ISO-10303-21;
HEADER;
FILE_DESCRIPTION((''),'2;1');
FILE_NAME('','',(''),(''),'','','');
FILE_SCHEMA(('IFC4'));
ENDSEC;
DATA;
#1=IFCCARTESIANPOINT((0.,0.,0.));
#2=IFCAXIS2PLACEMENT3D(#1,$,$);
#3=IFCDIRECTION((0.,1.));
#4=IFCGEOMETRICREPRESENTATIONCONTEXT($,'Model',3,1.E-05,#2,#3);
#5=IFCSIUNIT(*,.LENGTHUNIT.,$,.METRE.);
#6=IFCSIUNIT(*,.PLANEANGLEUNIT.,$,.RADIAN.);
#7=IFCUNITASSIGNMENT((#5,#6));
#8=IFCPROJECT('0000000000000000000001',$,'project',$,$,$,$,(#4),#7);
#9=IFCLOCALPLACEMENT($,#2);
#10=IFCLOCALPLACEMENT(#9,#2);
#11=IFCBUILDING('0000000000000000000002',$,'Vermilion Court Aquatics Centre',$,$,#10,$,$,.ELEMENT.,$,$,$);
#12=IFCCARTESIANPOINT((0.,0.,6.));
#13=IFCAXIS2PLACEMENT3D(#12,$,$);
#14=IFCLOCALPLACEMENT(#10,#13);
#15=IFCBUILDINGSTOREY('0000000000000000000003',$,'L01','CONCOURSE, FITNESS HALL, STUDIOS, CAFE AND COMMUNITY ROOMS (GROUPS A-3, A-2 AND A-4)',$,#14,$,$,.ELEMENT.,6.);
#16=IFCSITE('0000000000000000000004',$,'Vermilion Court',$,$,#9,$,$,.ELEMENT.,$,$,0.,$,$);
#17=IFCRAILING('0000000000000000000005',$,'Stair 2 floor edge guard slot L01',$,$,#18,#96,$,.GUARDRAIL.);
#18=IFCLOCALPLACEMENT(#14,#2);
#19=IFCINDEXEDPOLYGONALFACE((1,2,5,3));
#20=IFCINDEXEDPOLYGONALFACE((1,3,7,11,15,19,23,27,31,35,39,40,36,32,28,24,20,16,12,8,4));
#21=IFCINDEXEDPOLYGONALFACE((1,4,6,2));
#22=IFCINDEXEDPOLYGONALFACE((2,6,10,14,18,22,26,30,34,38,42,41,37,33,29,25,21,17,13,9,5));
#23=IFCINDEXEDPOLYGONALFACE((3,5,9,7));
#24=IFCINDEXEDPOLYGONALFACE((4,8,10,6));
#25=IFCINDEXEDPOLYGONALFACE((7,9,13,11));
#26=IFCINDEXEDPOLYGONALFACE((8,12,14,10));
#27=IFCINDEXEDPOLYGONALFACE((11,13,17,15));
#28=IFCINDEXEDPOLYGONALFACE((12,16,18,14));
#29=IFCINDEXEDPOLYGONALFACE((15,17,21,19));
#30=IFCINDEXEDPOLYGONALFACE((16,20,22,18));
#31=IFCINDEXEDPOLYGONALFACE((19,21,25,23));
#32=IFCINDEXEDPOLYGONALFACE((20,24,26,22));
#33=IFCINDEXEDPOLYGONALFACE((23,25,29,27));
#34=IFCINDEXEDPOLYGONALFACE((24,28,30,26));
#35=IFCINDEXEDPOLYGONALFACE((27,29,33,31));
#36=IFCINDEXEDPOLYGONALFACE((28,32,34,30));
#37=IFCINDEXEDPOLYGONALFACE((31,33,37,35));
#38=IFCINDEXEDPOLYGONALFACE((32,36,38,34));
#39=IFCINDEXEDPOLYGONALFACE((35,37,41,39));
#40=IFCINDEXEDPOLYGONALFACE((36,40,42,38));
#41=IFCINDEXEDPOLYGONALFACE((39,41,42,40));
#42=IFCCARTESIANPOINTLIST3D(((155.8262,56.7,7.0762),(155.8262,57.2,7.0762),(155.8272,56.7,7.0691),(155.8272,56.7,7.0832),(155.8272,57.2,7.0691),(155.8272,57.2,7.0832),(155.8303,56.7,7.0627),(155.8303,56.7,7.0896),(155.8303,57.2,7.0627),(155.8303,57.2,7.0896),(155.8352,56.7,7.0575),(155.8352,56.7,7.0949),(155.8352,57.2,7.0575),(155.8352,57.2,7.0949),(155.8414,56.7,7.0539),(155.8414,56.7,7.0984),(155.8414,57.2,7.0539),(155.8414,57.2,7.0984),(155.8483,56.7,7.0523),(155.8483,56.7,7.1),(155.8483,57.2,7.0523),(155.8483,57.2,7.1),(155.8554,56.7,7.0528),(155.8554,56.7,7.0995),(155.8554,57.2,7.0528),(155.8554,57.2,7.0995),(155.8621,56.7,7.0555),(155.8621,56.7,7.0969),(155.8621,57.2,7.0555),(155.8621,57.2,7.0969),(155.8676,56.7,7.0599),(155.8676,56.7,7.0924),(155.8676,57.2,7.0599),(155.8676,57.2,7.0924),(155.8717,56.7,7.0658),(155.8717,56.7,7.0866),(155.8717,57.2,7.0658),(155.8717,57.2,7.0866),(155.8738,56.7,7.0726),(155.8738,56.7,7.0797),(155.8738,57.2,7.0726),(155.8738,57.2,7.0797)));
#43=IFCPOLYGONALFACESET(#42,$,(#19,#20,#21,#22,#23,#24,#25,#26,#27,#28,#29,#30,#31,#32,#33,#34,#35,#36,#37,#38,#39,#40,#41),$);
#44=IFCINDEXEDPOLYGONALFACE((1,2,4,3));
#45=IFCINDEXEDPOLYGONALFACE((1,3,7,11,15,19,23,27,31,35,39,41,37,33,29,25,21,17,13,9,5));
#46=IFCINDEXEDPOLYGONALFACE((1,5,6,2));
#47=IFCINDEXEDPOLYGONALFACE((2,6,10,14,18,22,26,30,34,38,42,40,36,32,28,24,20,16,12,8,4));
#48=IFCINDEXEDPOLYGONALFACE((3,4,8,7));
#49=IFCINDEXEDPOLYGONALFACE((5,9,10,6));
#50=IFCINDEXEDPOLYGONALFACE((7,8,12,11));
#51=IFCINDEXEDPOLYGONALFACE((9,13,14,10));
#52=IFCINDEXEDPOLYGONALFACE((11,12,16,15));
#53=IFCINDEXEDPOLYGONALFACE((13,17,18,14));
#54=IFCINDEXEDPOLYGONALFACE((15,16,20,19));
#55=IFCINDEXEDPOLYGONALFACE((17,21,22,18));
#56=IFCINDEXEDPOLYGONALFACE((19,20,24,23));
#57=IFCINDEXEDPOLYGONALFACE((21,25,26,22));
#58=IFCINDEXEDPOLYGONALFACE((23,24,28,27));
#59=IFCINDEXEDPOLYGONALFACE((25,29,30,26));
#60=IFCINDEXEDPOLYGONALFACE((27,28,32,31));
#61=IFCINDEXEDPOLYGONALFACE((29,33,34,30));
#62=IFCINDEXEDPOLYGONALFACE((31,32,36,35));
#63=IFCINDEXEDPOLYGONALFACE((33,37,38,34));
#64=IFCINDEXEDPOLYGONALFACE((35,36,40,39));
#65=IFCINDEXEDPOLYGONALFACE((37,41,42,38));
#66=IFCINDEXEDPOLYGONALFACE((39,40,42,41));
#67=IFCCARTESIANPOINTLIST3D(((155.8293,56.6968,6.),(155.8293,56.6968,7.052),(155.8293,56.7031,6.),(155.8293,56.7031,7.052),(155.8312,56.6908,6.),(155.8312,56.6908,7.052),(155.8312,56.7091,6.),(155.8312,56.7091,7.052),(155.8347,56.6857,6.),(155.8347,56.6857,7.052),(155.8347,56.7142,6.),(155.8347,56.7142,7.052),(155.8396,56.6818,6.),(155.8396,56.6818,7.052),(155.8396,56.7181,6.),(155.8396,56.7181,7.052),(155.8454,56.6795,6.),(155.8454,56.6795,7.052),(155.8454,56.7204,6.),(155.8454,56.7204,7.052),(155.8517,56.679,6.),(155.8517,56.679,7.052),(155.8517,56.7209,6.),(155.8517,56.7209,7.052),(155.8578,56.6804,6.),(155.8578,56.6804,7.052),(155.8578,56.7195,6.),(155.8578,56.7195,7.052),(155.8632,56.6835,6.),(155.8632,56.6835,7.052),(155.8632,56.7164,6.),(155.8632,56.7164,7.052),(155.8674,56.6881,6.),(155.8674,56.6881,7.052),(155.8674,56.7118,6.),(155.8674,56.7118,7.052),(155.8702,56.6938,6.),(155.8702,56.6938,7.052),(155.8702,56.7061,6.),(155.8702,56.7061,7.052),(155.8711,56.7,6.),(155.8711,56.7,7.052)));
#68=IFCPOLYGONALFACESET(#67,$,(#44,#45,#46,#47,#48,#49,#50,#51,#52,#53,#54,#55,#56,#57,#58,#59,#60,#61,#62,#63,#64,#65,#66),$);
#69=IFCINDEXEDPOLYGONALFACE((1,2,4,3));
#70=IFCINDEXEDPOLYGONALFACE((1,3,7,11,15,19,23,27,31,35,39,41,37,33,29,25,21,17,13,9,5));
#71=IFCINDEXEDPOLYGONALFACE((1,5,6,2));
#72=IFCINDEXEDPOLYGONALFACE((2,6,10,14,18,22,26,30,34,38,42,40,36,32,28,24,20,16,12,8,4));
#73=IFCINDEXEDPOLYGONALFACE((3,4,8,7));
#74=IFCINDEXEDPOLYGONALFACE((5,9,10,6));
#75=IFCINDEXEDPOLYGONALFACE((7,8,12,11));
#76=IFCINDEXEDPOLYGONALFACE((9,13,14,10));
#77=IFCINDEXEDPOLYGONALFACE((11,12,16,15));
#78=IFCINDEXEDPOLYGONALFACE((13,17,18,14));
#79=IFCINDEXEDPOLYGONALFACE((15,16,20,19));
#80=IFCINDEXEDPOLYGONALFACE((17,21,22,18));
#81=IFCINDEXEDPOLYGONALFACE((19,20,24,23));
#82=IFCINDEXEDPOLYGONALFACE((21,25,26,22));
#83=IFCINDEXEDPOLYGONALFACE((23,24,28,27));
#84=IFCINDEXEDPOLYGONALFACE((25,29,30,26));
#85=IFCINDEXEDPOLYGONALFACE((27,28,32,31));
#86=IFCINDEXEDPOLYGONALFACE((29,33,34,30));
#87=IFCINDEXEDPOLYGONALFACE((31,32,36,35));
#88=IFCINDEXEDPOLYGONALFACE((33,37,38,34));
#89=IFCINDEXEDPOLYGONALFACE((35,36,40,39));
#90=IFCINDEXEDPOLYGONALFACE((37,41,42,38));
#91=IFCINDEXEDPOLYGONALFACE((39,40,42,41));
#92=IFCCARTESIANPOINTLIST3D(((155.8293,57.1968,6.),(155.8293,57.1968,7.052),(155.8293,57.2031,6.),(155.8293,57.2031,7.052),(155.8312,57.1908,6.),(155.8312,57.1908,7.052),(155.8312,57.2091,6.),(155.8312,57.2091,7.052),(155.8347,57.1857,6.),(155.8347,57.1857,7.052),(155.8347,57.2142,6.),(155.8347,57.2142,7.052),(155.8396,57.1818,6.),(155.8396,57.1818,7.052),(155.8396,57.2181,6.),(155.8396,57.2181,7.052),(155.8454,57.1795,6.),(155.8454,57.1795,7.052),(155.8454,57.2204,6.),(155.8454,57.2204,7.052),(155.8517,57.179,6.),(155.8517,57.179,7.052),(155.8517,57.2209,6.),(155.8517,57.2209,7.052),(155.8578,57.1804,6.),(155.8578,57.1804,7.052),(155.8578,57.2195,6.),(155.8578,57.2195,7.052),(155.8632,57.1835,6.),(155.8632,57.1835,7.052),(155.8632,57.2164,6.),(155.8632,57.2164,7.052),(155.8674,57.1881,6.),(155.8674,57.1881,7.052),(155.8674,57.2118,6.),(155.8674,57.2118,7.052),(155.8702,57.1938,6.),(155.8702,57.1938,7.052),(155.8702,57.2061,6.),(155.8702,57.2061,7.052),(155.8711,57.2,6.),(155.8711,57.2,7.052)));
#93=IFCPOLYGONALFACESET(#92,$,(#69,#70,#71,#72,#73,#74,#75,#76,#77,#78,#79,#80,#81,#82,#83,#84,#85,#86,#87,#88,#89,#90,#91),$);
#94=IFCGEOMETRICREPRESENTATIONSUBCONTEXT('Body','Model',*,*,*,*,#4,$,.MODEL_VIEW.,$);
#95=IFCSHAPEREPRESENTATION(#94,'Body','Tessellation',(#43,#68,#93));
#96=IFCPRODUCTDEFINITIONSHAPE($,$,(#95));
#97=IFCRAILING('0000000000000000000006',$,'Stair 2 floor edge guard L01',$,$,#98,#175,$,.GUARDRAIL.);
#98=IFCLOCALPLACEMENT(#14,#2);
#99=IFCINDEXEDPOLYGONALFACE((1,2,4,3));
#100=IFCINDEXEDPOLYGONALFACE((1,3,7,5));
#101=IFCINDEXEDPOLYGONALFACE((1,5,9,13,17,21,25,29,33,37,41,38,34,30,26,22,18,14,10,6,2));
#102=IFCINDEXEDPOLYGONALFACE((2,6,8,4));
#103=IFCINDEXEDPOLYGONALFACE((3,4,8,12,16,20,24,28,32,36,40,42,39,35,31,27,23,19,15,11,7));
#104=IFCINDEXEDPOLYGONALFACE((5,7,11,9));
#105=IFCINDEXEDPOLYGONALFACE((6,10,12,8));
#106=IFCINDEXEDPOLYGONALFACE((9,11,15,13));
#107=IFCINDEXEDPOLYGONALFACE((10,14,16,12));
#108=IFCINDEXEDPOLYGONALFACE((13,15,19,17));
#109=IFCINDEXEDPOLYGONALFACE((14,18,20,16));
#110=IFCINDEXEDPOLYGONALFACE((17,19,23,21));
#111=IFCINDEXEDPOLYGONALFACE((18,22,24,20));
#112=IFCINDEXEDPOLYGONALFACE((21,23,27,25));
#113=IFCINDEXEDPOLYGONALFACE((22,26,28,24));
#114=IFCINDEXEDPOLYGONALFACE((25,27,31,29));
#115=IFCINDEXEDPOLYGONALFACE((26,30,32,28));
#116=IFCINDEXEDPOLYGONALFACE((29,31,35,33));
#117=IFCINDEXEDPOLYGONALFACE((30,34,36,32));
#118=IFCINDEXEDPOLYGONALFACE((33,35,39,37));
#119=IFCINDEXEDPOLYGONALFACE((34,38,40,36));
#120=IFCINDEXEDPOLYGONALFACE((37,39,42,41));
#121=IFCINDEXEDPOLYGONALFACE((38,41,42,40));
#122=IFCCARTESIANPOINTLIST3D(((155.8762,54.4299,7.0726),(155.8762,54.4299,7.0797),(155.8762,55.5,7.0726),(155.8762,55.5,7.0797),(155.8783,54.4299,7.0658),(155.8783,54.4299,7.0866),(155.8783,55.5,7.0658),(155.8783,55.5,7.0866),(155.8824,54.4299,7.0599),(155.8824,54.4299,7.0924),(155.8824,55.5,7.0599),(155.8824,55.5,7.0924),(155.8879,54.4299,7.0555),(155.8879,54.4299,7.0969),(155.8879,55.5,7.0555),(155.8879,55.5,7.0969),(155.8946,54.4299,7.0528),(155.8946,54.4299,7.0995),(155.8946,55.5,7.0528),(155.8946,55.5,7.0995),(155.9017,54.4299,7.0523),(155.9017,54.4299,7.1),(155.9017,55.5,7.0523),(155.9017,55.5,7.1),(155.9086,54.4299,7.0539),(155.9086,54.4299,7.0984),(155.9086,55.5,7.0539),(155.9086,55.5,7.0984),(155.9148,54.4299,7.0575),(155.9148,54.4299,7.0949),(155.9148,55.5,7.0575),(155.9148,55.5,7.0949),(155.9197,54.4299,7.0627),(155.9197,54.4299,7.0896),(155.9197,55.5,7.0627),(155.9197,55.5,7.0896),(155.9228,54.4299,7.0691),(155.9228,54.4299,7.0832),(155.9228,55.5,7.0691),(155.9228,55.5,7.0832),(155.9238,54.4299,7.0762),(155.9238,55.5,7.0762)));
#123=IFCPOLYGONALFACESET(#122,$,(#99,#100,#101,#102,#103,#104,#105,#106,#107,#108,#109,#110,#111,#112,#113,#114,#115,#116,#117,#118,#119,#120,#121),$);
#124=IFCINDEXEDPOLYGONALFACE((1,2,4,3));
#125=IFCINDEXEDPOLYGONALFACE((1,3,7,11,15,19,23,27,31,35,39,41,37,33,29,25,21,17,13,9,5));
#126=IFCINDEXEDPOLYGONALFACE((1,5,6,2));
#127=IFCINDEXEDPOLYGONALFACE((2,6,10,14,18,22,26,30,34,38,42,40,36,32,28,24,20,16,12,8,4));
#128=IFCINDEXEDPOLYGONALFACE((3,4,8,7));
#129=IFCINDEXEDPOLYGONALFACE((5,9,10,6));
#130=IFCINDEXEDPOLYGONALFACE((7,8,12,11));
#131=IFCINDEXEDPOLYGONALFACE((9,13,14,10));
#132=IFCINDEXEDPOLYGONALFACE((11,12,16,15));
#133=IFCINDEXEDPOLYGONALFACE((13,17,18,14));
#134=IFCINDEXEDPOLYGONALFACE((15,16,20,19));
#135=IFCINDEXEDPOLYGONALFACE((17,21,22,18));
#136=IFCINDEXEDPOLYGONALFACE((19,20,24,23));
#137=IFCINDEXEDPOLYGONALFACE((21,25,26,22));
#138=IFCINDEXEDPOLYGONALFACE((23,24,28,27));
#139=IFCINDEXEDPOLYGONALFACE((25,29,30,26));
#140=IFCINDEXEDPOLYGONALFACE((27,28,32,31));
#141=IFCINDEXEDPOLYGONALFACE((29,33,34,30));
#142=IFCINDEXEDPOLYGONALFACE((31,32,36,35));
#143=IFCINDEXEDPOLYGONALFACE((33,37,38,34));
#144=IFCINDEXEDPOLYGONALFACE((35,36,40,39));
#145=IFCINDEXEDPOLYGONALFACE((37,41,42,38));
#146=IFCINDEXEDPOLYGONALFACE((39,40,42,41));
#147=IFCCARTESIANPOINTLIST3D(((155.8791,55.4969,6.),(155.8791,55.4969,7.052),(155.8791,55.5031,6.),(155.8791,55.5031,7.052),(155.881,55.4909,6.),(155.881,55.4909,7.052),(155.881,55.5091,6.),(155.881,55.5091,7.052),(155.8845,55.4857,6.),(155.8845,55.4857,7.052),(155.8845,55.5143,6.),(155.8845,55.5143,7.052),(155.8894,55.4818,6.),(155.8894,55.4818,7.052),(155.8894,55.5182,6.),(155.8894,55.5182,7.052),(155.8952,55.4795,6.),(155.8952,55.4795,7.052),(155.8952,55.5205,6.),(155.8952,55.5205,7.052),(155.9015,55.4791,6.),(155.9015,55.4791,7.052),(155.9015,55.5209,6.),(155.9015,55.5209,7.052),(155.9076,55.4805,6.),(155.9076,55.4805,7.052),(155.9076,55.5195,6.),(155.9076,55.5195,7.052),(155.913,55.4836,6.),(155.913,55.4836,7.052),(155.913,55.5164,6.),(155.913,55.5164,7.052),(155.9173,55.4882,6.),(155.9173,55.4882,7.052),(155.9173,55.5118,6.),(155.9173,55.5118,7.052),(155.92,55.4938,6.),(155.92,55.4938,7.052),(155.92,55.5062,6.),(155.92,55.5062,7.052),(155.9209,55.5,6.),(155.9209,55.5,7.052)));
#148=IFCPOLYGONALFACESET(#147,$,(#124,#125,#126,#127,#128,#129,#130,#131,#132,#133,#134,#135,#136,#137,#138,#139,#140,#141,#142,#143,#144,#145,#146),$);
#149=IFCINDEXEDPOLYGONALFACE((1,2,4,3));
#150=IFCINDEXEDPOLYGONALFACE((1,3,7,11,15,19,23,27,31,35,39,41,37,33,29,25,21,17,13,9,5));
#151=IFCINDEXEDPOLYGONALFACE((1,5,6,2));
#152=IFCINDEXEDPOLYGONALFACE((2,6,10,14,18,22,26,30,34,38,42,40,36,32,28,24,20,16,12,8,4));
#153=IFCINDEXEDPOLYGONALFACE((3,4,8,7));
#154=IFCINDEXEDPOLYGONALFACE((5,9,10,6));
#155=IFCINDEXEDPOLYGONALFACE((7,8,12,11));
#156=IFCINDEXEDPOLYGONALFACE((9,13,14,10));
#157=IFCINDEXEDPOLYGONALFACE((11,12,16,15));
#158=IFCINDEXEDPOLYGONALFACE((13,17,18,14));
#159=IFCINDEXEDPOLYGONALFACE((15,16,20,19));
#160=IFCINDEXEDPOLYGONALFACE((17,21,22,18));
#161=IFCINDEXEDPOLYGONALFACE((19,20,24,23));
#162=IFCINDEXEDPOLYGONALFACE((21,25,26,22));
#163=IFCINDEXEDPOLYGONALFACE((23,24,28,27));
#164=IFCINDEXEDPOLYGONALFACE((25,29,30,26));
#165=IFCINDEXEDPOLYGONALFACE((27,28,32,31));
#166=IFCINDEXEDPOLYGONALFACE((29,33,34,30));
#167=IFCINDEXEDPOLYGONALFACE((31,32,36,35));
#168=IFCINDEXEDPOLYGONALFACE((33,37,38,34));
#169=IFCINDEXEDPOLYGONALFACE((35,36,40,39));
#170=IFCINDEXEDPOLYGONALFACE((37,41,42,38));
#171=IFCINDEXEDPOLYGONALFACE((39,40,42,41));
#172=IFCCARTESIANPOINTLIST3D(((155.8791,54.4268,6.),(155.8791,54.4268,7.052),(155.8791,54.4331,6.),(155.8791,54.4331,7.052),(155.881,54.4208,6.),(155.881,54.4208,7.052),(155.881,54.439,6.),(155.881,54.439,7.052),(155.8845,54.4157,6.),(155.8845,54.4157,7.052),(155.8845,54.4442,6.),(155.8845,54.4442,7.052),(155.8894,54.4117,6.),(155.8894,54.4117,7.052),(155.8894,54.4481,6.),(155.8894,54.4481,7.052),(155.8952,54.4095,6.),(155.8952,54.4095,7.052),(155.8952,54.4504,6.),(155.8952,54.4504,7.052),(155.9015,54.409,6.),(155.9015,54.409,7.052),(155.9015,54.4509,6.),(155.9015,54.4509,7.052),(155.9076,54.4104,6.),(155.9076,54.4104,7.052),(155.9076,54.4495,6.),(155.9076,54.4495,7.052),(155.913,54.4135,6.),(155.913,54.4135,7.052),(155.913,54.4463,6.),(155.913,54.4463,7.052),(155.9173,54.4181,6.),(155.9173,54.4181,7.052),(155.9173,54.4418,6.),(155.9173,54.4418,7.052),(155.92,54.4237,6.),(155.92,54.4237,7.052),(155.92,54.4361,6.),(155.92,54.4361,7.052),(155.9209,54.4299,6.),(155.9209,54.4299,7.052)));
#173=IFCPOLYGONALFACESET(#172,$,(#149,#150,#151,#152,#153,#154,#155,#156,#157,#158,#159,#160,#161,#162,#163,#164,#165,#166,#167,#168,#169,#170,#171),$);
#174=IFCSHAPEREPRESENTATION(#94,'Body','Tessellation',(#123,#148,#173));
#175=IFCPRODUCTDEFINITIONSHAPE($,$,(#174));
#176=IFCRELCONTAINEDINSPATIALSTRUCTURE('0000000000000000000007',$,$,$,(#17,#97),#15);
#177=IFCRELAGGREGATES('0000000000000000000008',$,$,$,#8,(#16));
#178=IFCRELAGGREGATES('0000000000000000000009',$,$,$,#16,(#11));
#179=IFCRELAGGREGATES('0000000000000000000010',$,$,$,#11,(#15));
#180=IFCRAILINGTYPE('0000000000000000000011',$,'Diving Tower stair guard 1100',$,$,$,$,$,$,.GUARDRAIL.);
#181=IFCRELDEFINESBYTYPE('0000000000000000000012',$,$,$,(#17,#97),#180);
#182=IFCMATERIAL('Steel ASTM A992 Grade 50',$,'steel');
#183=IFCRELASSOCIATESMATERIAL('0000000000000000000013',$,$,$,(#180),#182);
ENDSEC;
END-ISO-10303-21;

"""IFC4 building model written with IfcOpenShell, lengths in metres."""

from ifc_helpers import new_model, si_unit, direction, frame, origin, origin_2d, place, context, subcontext, project, spatial, circle, extrude, material, type_object, element, save


model = new_model("IFC4")

# Units and contexts
model_context = context("Model", 3, precision=1e-05, world=origin(), true_north=direction((0.0, 1.0)))
body_context = subcontext(model_context, "Body", "Model", "MODEL_VIEW")
ifc_project = project(units=[si_unit("LENGTHUNIT", "METRE"), si_unit("PLANEANGLEUNIT", "RADIAN")], contexts=[model_context])

# Site, building, storey
site_placement = place(None, origin())
site = spatial("IfcSite", under=ifc_project, at=site_placement, Name="Vermilion Court", CompositionType="ELEMENT", RefElevation=0.0)
building_placement = place(site_placement, origin())
building = spatial("IfcBuilding", under=site, at=building_placement, Name="Vermilion Court Aquatics Centre", CompositionType="ELEMENT")
storey_placement = place(building_placement, frame((0.0, 0.0, 6.0)))
storey = spatial("IfcBuildingStorey", under=building, at=storey_placement, Name="L01", Description="CONCOURSE, FITNESS HALL, STUDIOS, CAFE AND COMMUNITY ROOMS (GROUPS A-3, A-2 AND A-4)", CompositionType="ELEMENT", Elevation=6.0)

# Railings
ifc_material_1 = material(Name="Steel ASTM A992 Grade 50", Category="steel")
railing_type_1 = type_object("IfcRailingType", Name="Diving Tower stair guard 1100", PredefinedType="GUARDRAIL", material=ifc_material_1)
railing_1_placement = place(storey_placement, frame((155.8501, 56.7, 6.0)))
element("IfcRailing", 1, at=railing_1_placement, inside=storey, type_object=railing_type_1, Name="Stair 2 floor edge guard slot L01", PredefinedType="GUARDRAIL", context=body_context, shape_type="SweptSolid", body=[
    extrude(circle(Radius=0.0239, at=origin_2d()), frame((0.0, 0.0, 1.0762), z_axis=(0.0, 1.0, 0.0), x_axis=(-1.0, 0.0, 0.0)), (0.0, 0.0, 1.0), 0.5),
    extrude(circle(Radius=0.021, at=origin_2d()), origin(), (0.0, 0.0, 1.0), 1.052),
    extrude(circle(Radius=0.021, at=origin_2d()), frame((0.0, 0.5, 0.0)), (0.0, 0.0, 1.0), 1.052),
])
railing_2_placement = place(storey_placement, frame((155.8999, 55.5, 6.0)))
element("IfcRailing", 2, at=railing_2_placement, inside=storey, type_object=railing_type_1, Name="Stair 2 floor edge guard L01", PredefinedType="GUARDRAIL", context=body_context, shape_type="SweptSolid", body=[
    extrude(circle(Radius=0.0239, at=origin_2d()), frame((0.0, 0.0, 1.0762), z_axis=(0.0, -1.0, 0.0), x_axis=(1.0, 0.0, 0.0)), (0.0, 0.0, 1.0), 1.0701),
    extrude(circle(Radius=0.021, at=origin_2d()), origin(), (0.0, 0.0, 1.0), 1.052),
    extrude(circle(Radius=0.021, at=origin_2d()), frame((0.0, -1.0701, 0.0)), (0.0, 0.0, 1.0), 1.052),
])

save(model, "model.ifc")
